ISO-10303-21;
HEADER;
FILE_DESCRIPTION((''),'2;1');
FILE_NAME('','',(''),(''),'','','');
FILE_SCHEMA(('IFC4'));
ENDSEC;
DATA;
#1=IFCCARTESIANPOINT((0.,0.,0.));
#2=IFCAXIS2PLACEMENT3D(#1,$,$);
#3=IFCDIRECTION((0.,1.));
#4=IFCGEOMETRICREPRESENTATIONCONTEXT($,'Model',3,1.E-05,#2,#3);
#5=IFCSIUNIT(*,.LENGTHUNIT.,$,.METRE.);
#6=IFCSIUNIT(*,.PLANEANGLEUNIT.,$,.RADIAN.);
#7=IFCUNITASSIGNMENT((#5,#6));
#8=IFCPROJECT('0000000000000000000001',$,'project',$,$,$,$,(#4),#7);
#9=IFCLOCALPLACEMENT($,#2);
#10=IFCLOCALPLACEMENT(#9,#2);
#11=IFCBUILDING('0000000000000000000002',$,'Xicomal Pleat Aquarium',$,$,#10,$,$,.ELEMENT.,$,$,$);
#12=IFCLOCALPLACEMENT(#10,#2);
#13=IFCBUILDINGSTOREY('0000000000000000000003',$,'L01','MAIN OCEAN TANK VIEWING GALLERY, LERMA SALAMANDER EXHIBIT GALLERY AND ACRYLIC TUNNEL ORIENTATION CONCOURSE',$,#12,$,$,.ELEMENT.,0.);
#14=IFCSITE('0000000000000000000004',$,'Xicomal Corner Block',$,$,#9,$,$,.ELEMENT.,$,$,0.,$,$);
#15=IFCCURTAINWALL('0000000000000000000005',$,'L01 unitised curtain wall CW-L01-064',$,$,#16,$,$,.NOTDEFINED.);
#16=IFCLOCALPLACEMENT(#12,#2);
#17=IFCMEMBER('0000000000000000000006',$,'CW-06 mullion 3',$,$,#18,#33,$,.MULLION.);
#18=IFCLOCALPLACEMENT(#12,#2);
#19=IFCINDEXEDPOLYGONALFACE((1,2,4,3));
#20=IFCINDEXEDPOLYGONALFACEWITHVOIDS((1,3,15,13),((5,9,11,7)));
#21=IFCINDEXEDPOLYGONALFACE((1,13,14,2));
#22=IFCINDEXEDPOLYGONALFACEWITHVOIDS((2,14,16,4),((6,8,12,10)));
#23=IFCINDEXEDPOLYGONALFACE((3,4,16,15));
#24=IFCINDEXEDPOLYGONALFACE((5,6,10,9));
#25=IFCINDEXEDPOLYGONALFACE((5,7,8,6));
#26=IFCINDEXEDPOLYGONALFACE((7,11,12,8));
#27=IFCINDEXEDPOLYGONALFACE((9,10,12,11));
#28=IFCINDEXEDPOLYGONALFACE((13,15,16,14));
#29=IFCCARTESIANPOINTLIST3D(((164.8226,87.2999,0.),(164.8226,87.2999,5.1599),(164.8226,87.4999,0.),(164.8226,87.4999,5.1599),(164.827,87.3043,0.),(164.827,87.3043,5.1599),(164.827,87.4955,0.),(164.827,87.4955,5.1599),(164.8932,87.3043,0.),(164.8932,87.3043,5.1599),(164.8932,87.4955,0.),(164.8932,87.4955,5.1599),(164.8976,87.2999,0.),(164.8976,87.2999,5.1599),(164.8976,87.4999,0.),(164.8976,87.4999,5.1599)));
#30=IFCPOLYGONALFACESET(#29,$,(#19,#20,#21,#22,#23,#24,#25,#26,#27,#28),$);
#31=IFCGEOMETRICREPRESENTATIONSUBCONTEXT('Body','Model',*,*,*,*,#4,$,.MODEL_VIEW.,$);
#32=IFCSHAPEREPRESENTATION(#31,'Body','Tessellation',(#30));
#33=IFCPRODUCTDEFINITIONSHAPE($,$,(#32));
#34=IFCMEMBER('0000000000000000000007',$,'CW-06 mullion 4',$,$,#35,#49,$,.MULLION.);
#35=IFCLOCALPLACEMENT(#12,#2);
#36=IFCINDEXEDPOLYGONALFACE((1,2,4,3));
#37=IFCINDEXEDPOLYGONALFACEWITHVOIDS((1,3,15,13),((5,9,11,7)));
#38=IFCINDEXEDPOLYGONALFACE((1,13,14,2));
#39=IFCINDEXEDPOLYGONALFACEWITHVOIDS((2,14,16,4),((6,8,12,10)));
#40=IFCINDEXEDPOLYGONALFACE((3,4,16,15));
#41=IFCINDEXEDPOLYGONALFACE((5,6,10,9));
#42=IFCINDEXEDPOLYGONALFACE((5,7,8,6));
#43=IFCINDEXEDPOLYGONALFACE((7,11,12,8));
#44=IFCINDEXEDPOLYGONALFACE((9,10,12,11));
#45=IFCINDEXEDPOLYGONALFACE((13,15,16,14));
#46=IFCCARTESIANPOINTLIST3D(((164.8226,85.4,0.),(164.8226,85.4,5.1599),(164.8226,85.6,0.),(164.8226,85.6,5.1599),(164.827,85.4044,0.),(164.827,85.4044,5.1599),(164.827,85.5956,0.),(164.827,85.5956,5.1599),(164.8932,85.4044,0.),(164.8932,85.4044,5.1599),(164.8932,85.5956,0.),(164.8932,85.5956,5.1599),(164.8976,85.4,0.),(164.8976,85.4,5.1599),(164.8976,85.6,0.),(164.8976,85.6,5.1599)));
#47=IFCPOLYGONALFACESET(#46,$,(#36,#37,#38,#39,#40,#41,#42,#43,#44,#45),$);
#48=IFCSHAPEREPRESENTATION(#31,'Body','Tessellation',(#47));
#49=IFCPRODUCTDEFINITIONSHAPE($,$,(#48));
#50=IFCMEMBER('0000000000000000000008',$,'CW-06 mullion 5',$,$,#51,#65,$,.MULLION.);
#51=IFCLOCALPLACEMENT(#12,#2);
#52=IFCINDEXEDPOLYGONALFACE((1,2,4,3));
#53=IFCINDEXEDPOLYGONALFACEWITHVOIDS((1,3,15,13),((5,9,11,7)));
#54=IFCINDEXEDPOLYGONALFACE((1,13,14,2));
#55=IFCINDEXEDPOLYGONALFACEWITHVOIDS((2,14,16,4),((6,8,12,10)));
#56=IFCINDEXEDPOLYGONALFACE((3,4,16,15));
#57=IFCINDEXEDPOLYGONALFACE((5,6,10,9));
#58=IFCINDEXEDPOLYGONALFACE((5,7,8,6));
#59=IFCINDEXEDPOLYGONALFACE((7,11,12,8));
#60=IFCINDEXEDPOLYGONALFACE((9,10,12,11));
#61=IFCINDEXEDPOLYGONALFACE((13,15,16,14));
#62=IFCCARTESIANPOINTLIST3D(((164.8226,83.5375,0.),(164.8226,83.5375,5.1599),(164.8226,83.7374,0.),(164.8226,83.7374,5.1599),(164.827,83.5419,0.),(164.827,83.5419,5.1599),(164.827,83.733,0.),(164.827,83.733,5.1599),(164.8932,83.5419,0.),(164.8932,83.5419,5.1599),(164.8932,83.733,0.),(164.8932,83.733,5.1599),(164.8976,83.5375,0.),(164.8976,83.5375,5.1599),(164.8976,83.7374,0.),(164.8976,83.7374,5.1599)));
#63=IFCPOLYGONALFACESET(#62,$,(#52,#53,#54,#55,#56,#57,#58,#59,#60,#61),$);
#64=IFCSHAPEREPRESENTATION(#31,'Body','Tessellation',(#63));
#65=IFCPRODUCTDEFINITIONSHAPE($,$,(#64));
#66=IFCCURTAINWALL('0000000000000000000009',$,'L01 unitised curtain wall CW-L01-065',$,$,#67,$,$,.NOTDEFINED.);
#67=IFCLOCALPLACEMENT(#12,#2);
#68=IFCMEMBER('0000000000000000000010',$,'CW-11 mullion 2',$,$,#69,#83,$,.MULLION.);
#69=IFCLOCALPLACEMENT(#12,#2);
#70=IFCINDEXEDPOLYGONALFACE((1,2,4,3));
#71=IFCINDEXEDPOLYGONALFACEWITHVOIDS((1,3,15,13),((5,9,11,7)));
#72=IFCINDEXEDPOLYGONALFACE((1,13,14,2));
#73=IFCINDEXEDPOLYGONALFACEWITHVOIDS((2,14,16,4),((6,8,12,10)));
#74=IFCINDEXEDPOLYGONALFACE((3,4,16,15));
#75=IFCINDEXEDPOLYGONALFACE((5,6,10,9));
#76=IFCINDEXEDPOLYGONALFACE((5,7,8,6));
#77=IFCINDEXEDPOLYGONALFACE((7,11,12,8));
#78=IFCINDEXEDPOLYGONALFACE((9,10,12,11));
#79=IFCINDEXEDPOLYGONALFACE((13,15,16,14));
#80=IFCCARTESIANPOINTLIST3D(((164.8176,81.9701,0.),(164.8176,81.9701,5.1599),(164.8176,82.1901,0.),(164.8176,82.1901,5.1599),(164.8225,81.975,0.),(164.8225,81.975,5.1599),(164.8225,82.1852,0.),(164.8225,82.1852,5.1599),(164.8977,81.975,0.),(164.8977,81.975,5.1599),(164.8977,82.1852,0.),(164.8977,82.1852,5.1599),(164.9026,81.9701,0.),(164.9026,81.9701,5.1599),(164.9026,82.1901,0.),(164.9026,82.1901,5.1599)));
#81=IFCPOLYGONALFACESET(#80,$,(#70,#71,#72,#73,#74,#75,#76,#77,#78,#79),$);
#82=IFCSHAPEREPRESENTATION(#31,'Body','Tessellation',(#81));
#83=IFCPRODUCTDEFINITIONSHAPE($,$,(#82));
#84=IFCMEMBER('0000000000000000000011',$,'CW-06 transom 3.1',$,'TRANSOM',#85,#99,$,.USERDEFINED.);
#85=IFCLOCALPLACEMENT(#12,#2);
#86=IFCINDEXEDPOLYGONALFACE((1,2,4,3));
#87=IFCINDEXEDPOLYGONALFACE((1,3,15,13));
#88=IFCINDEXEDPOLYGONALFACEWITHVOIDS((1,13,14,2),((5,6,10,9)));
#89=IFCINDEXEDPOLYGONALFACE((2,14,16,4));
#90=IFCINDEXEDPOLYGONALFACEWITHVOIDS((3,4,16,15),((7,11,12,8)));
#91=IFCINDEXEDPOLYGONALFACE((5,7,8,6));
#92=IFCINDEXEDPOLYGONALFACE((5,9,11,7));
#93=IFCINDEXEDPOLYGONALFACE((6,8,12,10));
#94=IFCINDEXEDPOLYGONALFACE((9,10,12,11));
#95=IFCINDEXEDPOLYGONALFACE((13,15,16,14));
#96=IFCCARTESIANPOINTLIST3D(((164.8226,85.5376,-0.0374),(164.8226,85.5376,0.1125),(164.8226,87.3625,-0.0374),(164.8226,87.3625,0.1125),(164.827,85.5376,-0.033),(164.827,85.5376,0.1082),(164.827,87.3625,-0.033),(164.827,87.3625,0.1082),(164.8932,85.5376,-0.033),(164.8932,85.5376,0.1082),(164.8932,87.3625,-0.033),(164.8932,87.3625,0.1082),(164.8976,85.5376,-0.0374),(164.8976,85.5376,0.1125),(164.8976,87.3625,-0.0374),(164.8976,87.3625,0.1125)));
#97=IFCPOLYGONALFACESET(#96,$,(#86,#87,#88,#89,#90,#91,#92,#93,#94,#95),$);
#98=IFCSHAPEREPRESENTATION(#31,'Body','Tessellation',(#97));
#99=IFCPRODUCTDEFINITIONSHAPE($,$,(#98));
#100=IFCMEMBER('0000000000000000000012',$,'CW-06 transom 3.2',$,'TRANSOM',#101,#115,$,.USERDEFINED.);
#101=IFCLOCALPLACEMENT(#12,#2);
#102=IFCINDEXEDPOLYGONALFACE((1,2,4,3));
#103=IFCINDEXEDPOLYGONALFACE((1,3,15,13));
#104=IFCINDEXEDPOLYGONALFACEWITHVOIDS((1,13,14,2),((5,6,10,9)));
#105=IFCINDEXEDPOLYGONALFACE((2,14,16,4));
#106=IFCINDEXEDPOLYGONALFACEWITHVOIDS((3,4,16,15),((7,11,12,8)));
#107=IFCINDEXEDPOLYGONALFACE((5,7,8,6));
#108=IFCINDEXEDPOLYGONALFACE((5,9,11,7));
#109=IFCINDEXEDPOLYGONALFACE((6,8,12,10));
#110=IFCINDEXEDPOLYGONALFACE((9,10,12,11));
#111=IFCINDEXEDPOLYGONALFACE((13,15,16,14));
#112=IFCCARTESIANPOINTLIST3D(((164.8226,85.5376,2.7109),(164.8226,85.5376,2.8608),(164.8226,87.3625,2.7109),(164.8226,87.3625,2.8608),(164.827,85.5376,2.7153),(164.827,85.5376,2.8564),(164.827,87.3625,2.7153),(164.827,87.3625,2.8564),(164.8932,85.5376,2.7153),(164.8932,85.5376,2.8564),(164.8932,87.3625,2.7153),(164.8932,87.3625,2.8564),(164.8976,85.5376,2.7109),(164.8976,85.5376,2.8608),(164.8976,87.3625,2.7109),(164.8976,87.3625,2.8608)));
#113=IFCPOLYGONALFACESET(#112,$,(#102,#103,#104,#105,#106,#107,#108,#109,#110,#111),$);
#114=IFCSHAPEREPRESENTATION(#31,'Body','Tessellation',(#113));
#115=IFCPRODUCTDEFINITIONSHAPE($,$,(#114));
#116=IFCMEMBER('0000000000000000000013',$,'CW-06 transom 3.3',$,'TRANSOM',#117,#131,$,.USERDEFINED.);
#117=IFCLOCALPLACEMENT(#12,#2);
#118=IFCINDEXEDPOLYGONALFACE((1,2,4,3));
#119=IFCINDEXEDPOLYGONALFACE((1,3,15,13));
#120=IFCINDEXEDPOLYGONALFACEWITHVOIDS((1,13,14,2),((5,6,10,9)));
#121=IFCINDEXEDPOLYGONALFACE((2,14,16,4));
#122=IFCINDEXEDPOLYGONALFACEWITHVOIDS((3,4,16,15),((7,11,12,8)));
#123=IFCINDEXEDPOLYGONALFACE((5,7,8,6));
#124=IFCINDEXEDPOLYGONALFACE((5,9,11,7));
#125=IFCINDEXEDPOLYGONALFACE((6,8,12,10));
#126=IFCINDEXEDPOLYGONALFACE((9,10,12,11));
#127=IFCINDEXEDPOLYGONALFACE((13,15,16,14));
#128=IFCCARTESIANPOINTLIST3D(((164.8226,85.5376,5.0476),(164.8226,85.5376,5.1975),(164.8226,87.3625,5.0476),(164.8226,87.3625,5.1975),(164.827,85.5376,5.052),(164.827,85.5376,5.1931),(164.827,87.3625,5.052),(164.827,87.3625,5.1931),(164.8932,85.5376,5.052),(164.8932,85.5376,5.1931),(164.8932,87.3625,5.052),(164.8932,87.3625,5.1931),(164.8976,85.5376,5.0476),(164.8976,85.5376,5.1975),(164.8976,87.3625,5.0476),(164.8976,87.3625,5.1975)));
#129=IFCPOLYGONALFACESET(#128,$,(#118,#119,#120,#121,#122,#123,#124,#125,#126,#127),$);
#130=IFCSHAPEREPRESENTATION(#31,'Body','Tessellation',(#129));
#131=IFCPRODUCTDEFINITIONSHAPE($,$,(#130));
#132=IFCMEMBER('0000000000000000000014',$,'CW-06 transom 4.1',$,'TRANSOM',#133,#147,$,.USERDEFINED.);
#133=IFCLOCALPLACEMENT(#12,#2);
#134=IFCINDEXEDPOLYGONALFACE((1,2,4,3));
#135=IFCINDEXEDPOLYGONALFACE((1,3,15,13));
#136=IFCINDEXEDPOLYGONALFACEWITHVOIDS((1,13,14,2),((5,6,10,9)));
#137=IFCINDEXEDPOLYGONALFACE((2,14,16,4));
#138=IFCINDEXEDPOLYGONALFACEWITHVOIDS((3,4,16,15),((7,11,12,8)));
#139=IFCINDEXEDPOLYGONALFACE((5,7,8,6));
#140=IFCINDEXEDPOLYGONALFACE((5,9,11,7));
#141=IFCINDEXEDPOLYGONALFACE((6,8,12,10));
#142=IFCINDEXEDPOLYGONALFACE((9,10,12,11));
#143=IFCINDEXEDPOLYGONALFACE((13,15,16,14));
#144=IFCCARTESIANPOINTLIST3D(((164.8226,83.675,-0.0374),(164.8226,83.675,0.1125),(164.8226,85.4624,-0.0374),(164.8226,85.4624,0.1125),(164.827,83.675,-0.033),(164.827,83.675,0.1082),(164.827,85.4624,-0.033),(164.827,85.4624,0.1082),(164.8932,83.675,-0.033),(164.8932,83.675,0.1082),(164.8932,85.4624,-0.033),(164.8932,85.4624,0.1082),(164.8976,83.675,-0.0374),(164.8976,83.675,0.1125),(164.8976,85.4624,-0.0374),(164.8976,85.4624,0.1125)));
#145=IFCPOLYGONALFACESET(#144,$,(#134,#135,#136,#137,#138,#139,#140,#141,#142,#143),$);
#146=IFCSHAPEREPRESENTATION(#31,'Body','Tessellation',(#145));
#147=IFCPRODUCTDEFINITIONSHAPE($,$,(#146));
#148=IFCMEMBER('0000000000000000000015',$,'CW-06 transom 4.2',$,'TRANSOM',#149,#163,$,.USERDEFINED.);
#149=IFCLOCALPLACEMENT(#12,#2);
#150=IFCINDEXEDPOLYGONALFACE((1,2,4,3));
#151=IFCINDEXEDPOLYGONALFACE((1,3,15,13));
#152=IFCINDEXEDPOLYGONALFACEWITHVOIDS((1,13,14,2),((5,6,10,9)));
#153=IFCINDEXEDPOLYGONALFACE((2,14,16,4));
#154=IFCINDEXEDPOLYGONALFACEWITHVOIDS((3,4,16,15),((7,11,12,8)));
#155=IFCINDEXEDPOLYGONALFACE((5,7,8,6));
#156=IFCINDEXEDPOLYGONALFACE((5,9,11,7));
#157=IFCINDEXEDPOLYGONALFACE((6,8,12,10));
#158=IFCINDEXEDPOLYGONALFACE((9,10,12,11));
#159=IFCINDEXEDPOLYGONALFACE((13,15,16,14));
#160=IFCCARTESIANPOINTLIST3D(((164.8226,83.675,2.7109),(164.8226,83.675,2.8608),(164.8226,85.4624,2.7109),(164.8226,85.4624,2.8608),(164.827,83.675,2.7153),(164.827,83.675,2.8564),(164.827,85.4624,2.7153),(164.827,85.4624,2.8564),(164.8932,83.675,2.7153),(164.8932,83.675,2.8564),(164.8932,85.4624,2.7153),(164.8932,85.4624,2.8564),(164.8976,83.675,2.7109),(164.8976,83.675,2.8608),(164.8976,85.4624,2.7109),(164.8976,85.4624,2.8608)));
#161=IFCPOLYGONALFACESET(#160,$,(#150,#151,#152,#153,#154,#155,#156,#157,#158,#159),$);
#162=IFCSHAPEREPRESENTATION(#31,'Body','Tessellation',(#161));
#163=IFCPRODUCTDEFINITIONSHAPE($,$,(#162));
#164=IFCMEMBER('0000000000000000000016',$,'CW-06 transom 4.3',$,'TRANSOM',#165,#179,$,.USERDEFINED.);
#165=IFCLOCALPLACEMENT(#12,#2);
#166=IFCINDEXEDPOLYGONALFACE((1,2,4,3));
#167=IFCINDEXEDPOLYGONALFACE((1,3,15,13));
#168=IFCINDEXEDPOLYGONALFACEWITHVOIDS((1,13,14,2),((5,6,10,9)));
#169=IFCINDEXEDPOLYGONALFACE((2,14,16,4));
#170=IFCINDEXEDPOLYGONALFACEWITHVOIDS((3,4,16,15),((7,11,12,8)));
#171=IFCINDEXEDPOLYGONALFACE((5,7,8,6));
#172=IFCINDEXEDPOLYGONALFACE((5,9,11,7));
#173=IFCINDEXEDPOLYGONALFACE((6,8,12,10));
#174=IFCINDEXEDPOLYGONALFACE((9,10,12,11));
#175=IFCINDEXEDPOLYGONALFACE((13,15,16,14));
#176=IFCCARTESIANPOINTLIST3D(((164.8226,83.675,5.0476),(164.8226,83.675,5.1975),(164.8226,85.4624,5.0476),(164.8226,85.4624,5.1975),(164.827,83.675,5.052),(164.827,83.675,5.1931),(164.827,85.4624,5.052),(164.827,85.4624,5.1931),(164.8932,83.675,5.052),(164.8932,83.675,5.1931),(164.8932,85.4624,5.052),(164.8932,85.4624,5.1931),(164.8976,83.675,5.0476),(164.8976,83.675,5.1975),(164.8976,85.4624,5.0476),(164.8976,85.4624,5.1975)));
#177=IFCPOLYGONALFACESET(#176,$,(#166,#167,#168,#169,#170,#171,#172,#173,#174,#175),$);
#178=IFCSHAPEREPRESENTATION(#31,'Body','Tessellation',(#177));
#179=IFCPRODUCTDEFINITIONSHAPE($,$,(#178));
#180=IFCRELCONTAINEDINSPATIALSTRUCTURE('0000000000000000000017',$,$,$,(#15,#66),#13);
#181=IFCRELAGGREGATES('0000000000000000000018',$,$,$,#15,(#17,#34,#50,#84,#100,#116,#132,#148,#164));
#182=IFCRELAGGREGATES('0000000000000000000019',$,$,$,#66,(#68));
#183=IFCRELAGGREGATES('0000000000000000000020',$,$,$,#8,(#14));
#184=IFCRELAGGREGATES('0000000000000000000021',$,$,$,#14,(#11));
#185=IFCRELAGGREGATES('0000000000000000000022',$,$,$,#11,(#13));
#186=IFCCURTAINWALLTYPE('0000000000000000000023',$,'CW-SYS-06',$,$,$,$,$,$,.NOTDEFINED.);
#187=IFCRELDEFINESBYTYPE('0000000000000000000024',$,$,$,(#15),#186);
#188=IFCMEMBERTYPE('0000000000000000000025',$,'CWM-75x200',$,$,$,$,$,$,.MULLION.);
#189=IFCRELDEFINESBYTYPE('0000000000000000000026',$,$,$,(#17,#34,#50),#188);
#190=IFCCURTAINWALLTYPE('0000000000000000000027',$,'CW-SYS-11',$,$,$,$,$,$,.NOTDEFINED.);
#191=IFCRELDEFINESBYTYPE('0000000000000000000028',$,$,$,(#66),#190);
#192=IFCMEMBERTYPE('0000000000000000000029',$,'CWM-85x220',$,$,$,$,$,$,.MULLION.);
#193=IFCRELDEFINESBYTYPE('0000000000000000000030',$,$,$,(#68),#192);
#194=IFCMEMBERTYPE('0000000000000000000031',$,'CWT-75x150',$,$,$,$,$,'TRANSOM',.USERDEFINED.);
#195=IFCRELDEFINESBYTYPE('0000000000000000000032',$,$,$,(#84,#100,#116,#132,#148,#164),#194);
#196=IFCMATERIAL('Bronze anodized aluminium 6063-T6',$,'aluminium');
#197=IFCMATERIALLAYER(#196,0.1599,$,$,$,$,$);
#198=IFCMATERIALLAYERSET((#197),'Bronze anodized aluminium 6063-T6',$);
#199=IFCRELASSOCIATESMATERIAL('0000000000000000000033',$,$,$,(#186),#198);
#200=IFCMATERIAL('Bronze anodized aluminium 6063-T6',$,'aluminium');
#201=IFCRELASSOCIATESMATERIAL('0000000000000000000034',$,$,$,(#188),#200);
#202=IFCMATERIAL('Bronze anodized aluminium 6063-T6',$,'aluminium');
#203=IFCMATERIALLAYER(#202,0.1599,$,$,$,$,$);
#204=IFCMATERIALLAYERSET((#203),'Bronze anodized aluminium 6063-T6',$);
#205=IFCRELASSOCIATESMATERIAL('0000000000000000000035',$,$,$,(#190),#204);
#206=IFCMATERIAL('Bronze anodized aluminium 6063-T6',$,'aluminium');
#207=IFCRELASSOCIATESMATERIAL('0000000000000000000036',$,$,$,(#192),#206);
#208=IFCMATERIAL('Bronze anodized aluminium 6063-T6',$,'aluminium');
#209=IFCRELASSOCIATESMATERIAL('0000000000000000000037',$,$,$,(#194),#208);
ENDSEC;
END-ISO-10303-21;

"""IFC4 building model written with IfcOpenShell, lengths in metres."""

from ifc_helpers import new_model, si_unit, direction, frame, origin, origin_2d, place, context, subcontext, project, spatial, hollow_rectangle, extrude, material, layer, layer_set, material_profile, profile_set, type_object, element, aggregate, save


model = new_model("IFC4")

# Units and contexts
model_context = context("Model", 3, precision=1e-05, world=origin(), true_north=direction((0.0, 1.0)))
body_context = subcontext(model_context, "Body", "Model", "MODEL_VIEW")
ifc_project = project(units=[si_unit("LENGTHUNIT", "METRE"), si_unit("PLANEANGLEUNIT", "RADIAN")], contexts=[model_context])

# Site, building, storey
site_placement = place(None, origin())
site = spatial("IfcSite", under=ifc_project, at=site_placement, Name="Xicomal Corner Block", CompositionType="ELEMENT", RefElevation=0.0)
building_placement = place(site_placement, origin())
building = spatial("IfcBuilding", under=site, at=building_placement, Name="Xicomal Pleat Aquarium", CompositionType="ELEMENT")
storey_placement = place(building_placement, origin())
storey = spatial("IfcBuildingStorey", under=building, at=storey_placement, Name="L01", Description="MAIN OCEAN TANK VIEWING GALLERY, LERMA SALAMANDER EXHIBIT GALLERY AND ACRYLIC TUNNEL ORIENTATION CONCOURSE", CompositionType="ELEMENT", Elevation=0.0)

# Curtain wall, members
ifc_material_1 = material(Name="Bronze anodized aluminium 6063-T6", Category="aluminium")
ifc_layer_1 = layer(ifc_material_1, 0.1599)
ifc_layer_set_1 = layer_set([ifc_layer_1], Name="Bronze anodized aluminium 6063-T6")
curtain_wall_type_1 = type_object("IfcCurtainWallType", Name="CW-SYS-06", PredefinedType="NOTDEFINED", material=ifc_layer_set_1)
curtain_wall_1_placement = place(storey_placement, origin())
curtain_wall_1 = element("IfcCurtainWall", 1, at=curtain_wall_1_placement, inside=storey, type_object=curtain_wall_type_1, Name="L01 unitised curtain wall CW-L01-064", PredefinedType="NOTDEFINED")
ifc_material_2 = material(Name="Bronze anodized aluminium 6063-T6", Category="aluminium")
ifc_material_profile_1 = material_profile(ifc_material_2, hollow_rectangle(XDim=0.075, YDim=0.2, WallThickness=0.0044, at=origin_2d()), Name="ALU MULL 75x200")
ifc_profile_set_1 = profile_set([ifc_material_profile_1], Name="Bronze anodized aluminium 6063-T6")
member_type_1 = type_object("IfcMemberType", Name="CWM-75x200", PredefinedType="MULLION", material=ifc_profile_set_1)
member_1_placement = place(storey_placement, frame((164.8601, 87.3999, 0.0), z_axis=(0.0, 0.0, 1.0), x_axis=(1.0, 0.0, 0.0)))
member_1 = element("IfcMember", 2, at=member_1_placement, type_object=member_type_1, Name="CW-06 mullion 3", PredefinedType="MULLION", context=body_context, shape_type="SweptSolid", body=[
    extrude(hollow_rectangle(XDim=0.075, YDim=0.2, WallThickness=0.0044, at=origin_2d()), origin(), (0.0, 0.0, 1.0), 5.1599),
])
member_2_placement = place(storey_placement, frame((164.8601, 85.5, 0.0), z_axis=(0.0, 0.0, 1.0), x_axis=(1.0, 0.0, 0.0)))
member_2 = element("IfcMember", 3, at=member_2_placement, type_object=member_type_1, Name="CW-06 mullion 4", PredefinedType="MULLION", context=body_context, shape_type="SweptSolid", body=[
    extrude(hollow_rectangle(XDim=0.075, YDim=0.2, WallThickness=0.0044, at=origin_2d()), origin(), (0.0, 0.0, 1.0), 5.1599),
])
member_3_placement = place(storey_placement, frame((164.8601, 83.6375, 0.0), z_axis=(0.0, 0.0, 1.0), x_axis=(1.0, 0.0, 0.0)))
member_3 = element("IfcMember", 4, at=member_3_placement, type_object=member_type_1, Name="CW-06 mullion 5", PredefinedType="MULLION", context=body_context, shape_type="SweptSolid", body=[
    extrude(hollow_rectangle(XDim=0.075, YDim=0.2, WallThickness=0.0044, at=origin_2d()), origin(), (0.0, 0.0, 1.0), 5.1599),
])

# Curtain wall, member
ifc_material_3 = material(Name="Bronze anodized aluminium 6063-T6", Category="aluminium")
ifc_layer_2 = layer(ifc_material_3, 0.1599)
ifc_layer_set_2 = layer_set([ifc_layer_2], Name="Bronze anodized aluminium 6063-T6")
curtain_wall_type_2 = type_object("IfcCurtainWallType", Name="CW-SYS-11", PredefinedType="NOTDEFINED", material=ifc_layer_set_2)
curtain_wall_2_placement = place(storey_placement, origin())
curtain_wall_2 = element("IfcCurtainWall", 5, at=curtain_wall_2_placement, inside=storey, type_object=curtain_wall_type_2, Name="L01 unitised curtain wall CW-L01-065", PredefinedType="NOTDEFINED")
ifc_material_4 = material(Name="Bronze anodized aluminium 6063-T6", Category="aluminium")
ifc_material_profile_2 = material_profile(ifc_material_4, hollow_rectangle(XDim=0.085, YDim=0.22, WallThickness=0.0049, at=origin_2d()), Name="ALU MULL 85x220")
ifc_profile_set_2 = profile_set([ifc_material_profile_2], Name="Bronze anodized aluminium 6063-T6")
member_type_2 = type_object("IfcMemberType", Name="CWM-85x220", PredefinedType="MULLION", material=ifc_profile_set_2)
member_4_placement = place(storey_placement, frame((164.8601, 82.0801, 0.0), z_axis=(0.0, 0.0, 1.0), x_axis=(1.0, 0.0, 0.0)))
member_4 = element("IfcMember", 6, at=member_4_placement, type_object=member_type_2, Name="CW-11 mullion 2", PredefinedType="MULLION", context=body_context, shape_type="SweptSolid", body=[
    extrude(hollow_rectangle(XDim=0.085, YDim=0.22, WallThickness=0.0049, at=origin_2d()), origin(), (0.0, 0.0, 1.0), 5.1599),
])

# Members
ifc_material_5 = material(Name="Bronze anodized aluminium 6063-T6", Category="aluminium")
ifc_material_profile_3 = material_profile(ifc_material_5, hollow_rectangle(XDim=0.075, YDim=0.1499, WallThickness=0.0044, at=origin_2d()), Name="ALU TRAN 75x150")
ifc_profile_set_3 = profile_set([ifc_material_profile_3], Name="Bronze anodized aluminium 6063-T6")
member_type_3 = type_object("IfcMemberType", Name="CWT-75x150", ElementType="TRANSOM", PredefinedType="USERDEFINED", material=ifc_profile_set_3)
member_5_placement = place(storey_placement, frame((164.8601, 87.3625, 0.0376), z_axis=(0.0, -1.0, 0.0), x_axis=(1.0, 0.0, 0.0)))
member_5 = element("IfcMember", 7, at=member_5_placement, type_object=member_type_3, Name="CW-06 transom 3.1", ObjectType="TRANSOM", PredefinedType="USERDEFINED", context=body_context, shape_type="SweptSolid", body=[
    extrude(hollow_rectangle(XDim=0.075, YDim=0.1499, WallThickness=0.0044, at=origin_2d()), origin(), (0.0, 0.0, 1.0), 1.825),
])
member_6_placement = place(storey_placement, frame((164.8601, 87.3625, 2.7859), z_axis=(0.0, -1.0, 0.0), x_axis=(1.0, 0.0, 0.0)))
member_6 = element("IfcMember", 8, at=member_6_placement, type_object=member_type_3, Name="CW-06 transom 3.2", ObjectType="TRANSOM", PredefinedType="USERDEFINED", context=body_context, shape_type="SweptSolid", body=[
    extrude(hollow_rectangle(XDim=0.075, YDim=0.1499, WallThickness=0.0044, at=origin_2d()), origin(), (0.0, 0.0, 1.0), 1.825),
])
member_7_placement = place(storey_placement, frame((164.8601, 87.3625, 5.1226), z_axis=(0.0, -1.0, 0.0), x_axis=(1.0, 0.0, 0.0)))
member_7 = element("IfcMember", 9, at=member_7_placement, type_object=member_type_3, Name="CW-06 transom 3.3", ObjectType="TRANSOM", PredefinedType="USERDEFINED", context=body_context, shape_type="SweptSolid", body=[
    extrude(hollow_rectangle(XDim=0.075, YDim=0.1499, WallThickness=0.0044, at=origin_2d()), origin(), (0.0, 0.0, 1.0), 1.825),
])
member_8_placement = place(storey_placement, frame((164.8601, 85.4624, 0.0376), z_axis=(0.0, -1.0, 0.0), x_axis=(1.0, 0.0, 0.0)))
member_8 = element("IfcMember", 10, at=member_8_placement, type_object=member_type_3, Name="CW-06 transom 4.1", ObjectType="TRANSOM", PredefinedType="USERDEFINED", context=body_context, shape_type="SweptSolid", body=[
    extrude(hollow_rectangle(XDim=0.075, YDim=0.1499, WallThickness=0.0044, at=origin_2d()), origin(), (0.0, 0.0, 1.0), 1.7874),
])
member_9_placement = place(storey_placement, frame((164.8601, 85.4624, 2.7859), z_axis=(0.0, -1.0, 0.0), x_axis=(1.0, 0.0, 0.0)))
member_9 = element("IfcMember", 11, at=member_9_placement, type_object=member_type_3, Name="CW-06 transom 4.2", ObjectType="TRANSOM", PredefinedType="USERDEFINED", context=body_context, shape_type="SweptSolid", body=[
    extrude(hollow_rectangle(XDim=0.075, YDim=0.1499, WallThickness=0.0044, at=origin_2d()), origin(), (0.0, 0.0, 1.0), 1.7874),
])
member_10_placement = place(storey_placement, frame((164.8601, 85.4624, 5.1226), z_axis=(0.0, -1.0, 0.0), x_axis=(1.0, 0.0, 0.0)))
member_10 = element("IfcMember", 12, at=member_10_placement, type_object=member_type_3, Name="CW-06 transom 4.3", ObjectType="TRANSOM", PredefinedType="USERDEFINED", context=body_context, shape_type="SweptSolid", body=[
    extrude(hollow_rectangle(XDim=0.075, YDim=0.1499, WallThickness=0.0044, at=origin_2d()), origin(), (0.0, 0.0, 1.0), 1.7874),
])

aggregate(curtain_wall_1, [member_1, member_2, member_3, member_5, member_6, member_7, member_8, member_9, member_10])
aggregate(curtain_wall_2, [member_4])

save(model, "model.ifc")
